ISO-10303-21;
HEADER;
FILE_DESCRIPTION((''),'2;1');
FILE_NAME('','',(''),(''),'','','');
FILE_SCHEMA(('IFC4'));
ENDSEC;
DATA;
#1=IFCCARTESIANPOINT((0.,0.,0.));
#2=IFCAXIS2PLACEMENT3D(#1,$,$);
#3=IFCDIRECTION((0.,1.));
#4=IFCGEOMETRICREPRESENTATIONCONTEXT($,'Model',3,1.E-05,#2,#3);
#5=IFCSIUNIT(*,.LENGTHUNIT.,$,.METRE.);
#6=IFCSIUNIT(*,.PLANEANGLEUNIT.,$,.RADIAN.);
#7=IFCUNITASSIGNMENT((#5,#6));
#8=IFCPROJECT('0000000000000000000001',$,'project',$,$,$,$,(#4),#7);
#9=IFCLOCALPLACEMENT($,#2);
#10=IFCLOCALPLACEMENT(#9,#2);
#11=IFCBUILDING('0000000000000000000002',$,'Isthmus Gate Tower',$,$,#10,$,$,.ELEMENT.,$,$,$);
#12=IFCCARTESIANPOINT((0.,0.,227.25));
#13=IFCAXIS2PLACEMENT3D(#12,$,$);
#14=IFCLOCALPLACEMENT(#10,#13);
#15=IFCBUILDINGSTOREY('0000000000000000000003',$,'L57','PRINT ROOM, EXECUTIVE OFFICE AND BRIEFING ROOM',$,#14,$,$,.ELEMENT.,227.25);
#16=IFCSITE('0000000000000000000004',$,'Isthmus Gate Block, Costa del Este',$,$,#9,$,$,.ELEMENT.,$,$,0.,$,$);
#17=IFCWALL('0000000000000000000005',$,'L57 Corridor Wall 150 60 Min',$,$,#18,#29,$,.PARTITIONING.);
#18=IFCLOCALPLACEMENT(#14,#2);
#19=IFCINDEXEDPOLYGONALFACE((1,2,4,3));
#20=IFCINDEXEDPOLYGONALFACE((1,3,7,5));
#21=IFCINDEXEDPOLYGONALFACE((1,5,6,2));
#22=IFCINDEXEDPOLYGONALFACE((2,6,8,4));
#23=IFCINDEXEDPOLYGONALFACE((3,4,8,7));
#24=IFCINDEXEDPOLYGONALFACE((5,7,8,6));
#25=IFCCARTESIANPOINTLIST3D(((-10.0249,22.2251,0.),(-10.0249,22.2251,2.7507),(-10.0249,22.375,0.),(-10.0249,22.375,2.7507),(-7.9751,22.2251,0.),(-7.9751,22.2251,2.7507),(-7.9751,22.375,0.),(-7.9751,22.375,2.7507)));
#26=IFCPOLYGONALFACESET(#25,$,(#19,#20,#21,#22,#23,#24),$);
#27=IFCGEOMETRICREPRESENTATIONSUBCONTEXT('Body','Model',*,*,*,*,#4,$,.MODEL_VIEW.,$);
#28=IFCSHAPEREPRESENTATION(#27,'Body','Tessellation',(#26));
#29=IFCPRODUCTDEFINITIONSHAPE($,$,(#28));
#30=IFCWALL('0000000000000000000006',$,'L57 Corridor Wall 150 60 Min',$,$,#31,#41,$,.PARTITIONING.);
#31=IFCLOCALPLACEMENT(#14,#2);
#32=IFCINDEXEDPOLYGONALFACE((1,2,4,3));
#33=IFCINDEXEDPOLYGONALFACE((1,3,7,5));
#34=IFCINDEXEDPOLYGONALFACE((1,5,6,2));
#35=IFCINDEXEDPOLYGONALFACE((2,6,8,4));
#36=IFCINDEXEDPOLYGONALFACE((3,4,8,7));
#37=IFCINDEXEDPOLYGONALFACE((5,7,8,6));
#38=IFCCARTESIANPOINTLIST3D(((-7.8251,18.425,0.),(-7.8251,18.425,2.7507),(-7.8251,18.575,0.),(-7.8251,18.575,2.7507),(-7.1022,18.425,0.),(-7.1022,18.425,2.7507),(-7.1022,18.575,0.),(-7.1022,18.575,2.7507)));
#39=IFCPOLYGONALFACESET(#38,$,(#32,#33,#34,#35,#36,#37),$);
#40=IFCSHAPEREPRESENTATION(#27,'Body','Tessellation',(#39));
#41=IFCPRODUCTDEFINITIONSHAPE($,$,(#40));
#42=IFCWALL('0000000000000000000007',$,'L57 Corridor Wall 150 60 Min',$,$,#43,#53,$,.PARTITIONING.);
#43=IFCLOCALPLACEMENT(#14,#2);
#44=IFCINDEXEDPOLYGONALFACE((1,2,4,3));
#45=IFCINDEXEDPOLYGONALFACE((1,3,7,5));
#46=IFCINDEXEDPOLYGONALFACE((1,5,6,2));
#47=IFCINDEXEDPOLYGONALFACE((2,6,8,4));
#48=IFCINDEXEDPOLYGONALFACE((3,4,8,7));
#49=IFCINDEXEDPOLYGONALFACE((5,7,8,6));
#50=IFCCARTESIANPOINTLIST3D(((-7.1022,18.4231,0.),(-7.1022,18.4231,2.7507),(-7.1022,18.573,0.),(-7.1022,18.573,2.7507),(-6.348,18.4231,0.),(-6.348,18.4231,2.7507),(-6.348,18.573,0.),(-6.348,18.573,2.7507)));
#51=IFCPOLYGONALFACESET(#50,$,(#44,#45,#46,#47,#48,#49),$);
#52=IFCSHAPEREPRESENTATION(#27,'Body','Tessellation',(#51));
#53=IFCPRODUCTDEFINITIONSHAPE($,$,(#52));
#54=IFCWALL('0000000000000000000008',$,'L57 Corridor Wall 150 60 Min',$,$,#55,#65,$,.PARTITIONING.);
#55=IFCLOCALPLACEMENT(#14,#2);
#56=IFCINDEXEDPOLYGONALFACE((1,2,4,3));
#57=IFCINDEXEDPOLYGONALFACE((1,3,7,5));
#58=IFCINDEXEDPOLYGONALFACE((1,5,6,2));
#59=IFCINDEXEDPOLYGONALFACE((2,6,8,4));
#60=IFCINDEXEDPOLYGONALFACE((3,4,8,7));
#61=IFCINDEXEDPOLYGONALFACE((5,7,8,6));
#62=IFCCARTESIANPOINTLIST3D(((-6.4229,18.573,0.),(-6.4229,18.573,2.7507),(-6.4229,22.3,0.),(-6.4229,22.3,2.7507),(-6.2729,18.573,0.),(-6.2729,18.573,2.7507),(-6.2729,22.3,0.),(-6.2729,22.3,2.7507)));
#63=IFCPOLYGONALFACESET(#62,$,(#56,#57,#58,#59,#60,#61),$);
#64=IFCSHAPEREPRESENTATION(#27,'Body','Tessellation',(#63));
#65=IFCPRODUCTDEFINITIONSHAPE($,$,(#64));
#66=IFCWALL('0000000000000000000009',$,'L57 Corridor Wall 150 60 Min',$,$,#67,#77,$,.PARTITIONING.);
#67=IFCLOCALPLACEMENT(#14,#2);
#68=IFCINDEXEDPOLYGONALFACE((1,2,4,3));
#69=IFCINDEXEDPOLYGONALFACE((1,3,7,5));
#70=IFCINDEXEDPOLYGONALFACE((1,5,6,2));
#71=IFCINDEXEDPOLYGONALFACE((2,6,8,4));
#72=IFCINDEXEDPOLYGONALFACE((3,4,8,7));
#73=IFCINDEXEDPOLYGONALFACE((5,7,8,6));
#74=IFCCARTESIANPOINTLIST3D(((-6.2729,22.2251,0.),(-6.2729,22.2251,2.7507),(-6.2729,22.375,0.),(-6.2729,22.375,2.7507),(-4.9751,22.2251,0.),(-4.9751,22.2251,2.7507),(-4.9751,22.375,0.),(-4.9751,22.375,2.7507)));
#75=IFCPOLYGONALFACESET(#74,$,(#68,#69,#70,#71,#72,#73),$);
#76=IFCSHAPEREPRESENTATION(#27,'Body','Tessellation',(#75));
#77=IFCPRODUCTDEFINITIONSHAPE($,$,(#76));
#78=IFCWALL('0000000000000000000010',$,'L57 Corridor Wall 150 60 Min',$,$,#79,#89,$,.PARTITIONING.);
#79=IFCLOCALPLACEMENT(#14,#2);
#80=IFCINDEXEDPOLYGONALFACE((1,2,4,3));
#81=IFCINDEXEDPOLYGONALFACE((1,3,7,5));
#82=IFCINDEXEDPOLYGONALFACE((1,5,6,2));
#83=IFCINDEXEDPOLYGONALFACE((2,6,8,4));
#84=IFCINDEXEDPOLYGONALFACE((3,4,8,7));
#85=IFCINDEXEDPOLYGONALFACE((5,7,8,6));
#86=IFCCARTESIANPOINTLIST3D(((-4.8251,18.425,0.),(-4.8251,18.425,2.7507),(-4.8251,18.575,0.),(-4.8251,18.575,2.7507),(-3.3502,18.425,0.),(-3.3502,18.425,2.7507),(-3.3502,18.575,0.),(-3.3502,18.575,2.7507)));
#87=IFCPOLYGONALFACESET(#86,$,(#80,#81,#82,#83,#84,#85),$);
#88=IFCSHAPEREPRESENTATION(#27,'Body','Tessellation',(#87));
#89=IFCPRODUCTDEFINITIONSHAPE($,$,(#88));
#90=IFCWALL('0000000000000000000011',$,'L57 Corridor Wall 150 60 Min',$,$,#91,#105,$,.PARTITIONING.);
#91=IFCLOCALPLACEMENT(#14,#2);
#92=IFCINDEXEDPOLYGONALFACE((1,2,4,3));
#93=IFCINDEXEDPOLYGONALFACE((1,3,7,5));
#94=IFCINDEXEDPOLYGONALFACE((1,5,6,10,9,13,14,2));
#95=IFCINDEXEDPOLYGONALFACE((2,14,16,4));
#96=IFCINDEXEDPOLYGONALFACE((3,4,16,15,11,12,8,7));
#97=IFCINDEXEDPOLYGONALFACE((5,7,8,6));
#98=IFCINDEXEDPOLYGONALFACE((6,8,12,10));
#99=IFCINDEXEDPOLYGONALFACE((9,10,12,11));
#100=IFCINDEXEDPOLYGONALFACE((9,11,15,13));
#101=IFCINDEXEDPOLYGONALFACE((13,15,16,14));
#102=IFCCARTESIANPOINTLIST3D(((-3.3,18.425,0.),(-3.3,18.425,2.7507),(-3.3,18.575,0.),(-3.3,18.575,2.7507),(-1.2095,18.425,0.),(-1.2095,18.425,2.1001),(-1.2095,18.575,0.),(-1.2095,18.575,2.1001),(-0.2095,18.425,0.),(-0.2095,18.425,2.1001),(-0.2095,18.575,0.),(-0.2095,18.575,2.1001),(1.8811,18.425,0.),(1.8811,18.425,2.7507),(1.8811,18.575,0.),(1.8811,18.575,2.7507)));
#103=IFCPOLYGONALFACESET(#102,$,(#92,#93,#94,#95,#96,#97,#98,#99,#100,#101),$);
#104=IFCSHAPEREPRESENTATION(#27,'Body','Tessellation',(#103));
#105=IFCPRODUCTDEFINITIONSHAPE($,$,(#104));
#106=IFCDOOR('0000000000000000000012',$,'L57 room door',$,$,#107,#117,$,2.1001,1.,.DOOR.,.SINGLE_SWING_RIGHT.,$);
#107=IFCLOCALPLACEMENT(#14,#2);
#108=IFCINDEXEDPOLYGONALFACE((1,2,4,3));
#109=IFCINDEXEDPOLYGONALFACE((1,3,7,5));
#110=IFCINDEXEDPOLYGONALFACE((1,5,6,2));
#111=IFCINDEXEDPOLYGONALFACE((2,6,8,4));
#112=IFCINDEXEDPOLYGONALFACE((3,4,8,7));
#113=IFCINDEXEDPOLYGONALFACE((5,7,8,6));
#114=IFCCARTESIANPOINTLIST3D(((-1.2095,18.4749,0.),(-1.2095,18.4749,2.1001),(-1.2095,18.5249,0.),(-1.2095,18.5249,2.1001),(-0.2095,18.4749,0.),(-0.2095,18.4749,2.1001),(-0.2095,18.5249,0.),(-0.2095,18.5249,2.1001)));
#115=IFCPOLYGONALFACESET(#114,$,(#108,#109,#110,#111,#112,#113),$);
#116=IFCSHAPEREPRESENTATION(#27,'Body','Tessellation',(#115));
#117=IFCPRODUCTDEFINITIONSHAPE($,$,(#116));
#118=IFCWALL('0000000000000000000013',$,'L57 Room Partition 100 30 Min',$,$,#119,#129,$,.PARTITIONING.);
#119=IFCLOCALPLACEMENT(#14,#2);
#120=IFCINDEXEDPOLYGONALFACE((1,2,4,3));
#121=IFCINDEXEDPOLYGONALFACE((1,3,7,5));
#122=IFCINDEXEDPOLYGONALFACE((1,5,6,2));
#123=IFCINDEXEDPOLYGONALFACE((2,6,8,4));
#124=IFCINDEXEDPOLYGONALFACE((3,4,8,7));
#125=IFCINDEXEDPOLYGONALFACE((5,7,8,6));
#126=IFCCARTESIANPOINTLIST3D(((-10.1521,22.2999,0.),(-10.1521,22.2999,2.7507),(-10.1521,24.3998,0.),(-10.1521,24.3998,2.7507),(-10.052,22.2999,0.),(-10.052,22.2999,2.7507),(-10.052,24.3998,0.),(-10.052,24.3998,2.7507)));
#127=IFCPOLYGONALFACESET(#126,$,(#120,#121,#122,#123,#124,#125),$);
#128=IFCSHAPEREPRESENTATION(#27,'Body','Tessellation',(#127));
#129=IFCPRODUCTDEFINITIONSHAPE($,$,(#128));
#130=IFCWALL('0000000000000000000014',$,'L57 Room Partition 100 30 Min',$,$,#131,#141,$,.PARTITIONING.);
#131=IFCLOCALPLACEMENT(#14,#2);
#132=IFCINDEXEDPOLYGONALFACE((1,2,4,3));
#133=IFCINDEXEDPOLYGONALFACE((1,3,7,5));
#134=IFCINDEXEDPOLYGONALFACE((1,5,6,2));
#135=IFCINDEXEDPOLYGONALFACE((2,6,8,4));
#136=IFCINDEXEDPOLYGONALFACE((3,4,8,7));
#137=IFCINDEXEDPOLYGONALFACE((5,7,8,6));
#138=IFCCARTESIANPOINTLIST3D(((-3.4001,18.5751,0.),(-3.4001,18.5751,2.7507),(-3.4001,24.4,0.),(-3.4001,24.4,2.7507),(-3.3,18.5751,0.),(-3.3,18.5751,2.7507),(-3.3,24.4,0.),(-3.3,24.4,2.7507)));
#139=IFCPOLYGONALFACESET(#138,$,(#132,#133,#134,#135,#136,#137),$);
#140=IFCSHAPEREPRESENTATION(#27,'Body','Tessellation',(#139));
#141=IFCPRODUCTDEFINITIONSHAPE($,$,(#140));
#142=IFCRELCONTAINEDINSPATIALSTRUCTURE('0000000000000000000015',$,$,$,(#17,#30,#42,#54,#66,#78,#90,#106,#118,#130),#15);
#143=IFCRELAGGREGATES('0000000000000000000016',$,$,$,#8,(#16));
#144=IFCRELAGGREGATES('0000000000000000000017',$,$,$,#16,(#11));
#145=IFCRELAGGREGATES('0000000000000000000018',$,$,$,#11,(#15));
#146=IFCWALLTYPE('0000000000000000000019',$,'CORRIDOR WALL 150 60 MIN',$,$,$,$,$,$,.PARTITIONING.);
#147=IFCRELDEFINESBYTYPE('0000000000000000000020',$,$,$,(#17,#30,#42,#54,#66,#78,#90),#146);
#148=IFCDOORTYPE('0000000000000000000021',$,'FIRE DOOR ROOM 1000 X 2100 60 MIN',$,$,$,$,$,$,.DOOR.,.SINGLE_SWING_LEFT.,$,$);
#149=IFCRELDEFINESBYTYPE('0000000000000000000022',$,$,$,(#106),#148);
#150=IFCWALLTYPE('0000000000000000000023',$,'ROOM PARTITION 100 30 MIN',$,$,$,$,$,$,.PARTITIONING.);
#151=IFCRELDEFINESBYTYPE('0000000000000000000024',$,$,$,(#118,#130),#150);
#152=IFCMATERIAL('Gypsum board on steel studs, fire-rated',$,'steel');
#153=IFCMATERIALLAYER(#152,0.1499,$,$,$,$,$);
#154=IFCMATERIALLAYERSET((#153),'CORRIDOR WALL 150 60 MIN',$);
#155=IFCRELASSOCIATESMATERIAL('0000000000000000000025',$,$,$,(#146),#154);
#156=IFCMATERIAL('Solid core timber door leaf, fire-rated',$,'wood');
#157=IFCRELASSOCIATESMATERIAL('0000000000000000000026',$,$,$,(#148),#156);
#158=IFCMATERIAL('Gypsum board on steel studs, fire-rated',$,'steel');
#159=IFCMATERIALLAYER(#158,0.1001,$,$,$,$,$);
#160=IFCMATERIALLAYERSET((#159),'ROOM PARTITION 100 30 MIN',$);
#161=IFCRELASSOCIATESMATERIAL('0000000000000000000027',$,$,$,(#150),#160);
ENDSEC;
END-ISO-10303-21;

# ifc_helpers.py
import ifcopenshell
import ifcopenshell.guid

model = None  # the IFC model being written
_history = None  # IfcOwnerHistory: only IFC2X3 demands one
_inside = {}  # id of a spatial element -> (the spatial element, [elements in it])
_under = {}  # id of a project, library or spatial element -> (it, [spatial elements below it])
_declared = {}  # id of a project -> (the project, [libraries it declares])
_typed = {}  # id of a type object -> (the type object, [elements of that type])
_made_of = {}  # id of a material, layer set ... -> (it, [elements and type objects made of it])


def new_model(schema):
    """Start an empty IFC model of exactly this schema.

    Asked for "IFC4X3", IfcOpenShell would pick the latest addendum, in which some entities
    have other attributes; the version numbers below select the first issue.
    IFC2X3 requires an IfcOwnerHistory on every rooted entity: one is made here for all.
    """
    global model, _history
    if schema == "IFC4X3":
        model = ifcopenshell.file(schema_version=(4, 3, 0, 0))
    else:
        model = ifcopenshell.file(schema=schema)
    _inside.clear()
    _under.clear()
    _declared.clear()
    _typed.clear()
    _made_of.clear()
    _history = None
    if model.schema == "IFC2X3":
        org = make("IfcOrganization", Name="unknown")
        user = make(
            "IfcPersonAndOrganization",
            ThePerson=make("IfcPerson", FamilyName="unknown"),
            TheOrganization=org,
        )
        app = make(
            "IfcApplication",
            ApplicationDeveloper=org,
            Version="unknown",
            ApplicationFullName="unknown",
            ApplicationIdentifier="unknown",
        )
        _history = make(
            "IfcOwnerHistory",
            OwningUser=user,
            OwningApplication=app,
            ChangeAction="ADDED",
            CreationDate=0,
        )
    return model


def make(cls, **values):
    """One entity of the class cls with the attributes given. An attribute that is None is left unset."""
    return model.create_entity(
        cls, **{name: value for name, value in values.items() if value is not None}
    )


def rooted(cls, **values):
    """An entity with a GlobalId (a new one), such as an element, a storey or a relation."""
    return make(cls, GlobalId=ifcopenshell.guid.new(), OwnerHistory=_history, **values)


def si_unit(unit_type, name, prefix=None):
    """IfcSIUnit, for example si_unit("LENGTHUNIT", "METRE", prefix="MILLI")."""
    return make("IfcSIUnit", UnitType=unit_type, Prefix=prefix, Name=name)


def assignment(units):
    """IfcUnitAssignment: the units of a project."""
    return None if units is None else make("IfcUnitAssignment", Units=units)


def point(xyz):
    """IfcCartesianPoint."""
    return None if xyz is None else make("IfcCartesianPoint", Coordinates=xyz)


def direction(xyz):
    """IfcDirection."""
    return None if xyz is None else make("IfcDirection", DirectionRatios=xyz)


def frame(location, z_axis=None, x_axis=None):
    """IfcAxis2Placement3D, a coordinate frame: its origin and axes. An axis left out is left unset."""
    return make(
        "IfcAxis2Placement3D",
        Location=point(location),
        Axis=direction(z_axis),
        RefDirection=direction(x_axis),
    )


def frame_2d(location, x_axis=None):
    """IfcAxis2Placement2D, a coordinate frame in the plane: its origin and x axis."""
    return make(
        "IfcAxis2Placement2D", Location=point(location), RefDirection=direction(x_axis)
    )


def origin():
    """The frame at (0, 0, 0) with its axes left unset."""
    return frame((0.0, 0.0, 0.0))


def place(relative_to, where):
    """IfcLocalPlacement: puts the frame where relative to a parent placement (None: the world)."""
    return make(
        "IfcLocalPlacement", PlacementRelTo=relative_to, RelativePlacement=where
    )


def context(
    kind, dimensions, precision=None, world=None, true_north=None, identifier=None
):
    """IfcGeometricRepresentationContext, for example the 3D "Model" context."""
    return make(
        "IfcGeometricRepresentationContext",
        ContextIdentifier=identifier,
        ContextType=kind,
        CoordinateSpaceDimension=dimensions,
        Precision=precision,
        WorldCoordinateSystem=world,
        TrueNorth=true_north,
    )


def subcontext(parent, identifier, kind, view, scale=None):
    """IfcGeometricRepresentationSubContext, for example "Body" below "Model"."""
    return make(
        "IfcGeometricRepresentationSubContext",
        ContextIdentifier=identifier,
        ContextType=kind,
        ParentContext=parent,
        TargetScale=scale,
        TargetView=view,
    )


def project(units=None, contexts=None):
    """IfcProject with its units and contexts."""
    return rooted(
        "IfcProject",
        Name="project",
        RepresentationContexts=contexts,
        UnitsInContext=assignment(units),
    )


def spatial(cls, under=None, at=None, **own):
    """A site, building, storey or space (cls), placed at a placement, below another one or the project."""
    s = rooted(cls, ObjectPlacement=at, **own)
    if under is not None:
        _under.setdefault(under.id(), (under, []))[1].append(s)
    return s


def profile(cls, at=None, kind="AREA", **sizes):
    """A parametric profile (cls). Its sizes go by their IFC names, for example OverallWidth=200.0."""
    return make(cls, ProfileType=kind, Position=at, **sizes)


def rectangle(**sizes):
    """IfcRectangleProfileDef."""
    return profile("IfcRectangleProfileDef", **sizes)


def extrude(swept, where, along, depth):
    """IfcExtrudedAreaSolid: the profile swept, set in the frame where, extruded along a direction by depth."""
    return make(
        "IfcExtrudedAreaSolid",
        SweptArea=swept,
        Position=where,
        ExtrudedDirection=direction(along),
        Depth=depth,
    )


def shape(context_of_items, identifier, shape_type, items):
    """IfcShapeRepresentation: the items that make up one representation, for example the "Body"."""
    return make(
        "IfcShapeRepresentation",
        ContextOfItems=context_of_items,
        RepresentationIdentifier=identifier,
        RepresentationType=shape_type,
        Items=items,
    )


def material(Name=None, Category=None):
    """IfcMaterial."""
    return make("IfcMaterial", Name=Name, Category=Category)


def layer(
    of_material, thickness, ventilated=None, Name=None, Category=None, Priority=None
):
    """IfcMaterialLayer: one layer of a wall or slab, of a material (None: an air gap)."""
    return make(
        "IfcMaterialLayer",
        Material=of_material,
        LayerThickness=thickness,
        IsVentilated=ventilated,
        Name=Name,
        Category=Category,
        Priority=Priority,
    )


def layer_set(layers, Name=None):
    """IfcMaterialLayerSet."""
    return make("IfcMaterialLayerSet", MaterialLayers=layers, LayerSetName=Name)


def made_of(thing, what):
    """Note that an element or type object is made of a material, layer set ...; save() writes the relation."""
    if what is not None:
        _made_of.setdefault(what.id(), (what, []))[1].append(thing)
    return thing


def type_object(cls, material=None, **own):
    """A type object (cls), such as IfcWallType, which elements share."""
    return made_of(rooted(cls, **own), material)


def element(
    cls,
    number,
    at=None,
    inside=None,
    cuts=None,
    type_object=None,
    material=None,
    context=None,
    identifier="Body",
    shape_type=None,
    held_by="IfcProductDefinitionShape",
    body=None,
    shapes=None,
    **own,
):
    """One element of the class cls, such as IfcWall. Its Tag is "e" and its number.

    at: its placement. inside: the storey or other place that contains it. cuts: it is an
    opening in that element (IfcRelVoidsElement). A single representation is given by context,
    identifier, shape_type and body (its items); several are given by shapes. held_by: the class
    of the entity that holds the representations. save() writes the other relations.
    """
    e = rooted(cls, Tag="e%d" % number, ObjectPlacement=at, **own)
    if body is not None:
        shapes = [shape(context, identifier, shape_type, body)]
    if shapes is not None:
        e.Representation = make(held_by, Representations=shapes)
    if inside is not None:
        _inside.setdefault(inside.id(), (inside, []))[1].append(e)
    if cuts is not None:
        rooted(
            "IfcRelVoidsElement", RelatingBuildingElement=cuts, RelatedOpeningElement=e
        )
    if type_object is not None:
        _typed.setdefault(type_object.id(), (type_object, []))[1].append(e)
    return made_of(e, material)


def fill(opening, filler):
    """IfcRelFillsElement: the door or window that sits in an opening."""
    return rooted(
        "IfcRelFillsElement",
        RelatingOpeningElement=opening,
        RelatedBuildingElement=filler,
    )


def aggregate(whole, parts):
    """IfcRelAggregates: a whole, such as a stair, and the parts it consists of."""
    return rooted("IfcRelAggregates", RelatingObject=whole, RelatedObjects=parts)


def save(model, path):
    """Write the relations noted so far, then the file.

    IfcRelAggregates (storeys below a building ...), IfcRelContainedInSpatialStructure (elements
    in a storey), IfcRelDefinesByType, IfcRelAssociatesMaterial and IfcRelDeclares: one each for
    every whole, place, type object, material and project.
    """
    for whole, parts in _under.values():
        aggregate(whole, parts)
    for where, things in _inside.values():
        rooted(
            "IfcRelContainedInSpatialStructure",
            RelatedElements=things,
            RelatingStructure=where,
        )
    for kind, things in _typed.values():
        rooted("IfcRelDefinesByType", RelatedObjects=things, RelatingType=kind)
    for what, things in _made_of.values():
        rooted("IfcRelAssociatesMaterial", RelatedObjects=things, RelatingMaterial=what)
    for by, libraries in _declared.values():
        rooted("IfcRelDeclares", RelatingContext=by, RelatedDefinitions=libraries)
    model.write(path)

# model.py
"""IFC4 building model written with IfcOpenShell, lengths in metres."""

from ifc_helpers import new_model, si_unit, direction, frame, frame_2d, origin, place, context, subcontext, project, spatial, rectangle, extrude, material, layer, layer_set, type_object, element, fill, save


model = new_model("IFC4")

# Units and contexts
model_context = context("Model", 3, precision=1e-05, world=origin(), true_north=direction((0.0, 1.0)))
body_context = subcontext(model_context, "Body", "Model", "MODEL_VIEW")
ifc_project = project(units=[si_unit("LENGTHUNIT", "METRE"), si_unit("PLANEANGLEUNIT", "RADIAN")], contexts=[model_context])

# Site, building, storey
site_placement = place(None, origin())
site = spatial("IfcSite", under=ifc_project, at=site_placement, Name="Isthmus Gate Block, Costa del Este", CompositionType="ELEMENT", RefElevation=0.0)
building_placement = place(site_placement, origin())
building = spatial("IfcBuilding", under=site, at=building_placement, Name="Isthmus Gate Tower", CompositionType="ELEMENT")
storey_placement = place(building_placement, frame((0.0, 0.0, 227.25)))
storey = spatial("IfcBuildingStorey", under=building, at=storey_placement, Name="L57", Description="PRINT ROOM, EXECUTIVE OFFICE AND BRIEFING ROOM", CompositionType="ELEMENT", Elevation=227.25)

# Shared definitions
ifc_material_1 = material(Name="Gypsum board on steel studs, fire-rated", Category="steel")
ifc_layer_1 = layer(ifc_material_1, 0.1499)
ifc_layer_set_1 = layer_set([ifc_layer_1], Name="CORRIDOR WALL 150 60 MIN")
wall_type_1 = type_object("IfcWallType", Name="CORRIDOR WALL 150 60 MIN", PredefinedType="PARTITIONING", material=ifc_layer_set_1)
ifc_material_2 = material(Name="Solid core timber door leaf, fire-rated", Category="wood")
door_type = type_object("IfcDoorType", Name="FIRE DOOR ROOM 1000 X 2100 60 MIN", OperationType="SINGLE_SWING_LEFT", PredefinedType="DOOR", material=ifc_material_2)

# Walls
wall_1_placement = place(storey_placement, frame((-10.0249, 22.3, 0.0), z_axis=(0.0, 0.0, 1.0), x_axis=(1.0, 0.0, 0.0)))
element("IfcWall", 1, at=wall_1_placement, inside=storey, type_object=wall_type_1, Name="L57 Corridor Wall 150 60 Min", PredefinedType="PARTITIONING", context=body_context, shape_type="SweptSolid", body=[
    extrude(rectangle(XDim=2.0498, YDim=0.1499, at=frame_2d((1.0249, 0.0))), origin(), (0.0, 0.0, 1.0), 2.7507),
])
wall_2_placement = place(storey_placement, frame((-7.825, 18.5, 0.0), z_axis=(0.0, 0.0, 1.0), x_axis=(1.0, 0.0, 0.0)))
element("IfcWall", 2, at=wall_2_placement, inside=storey, type_object=wall_type_1, Name="L57 Corridor Wall 150 60 Min", PredefinedType="PARTITIONING", context=body_context, shape_type="SweptSolid", body=[
    extrude(rectangle(XDim=0.7229, YDim=0.1499, at=frame_2d((0.3613, 0.0))), origin(), (0.0, 0.0, 1.0), 2.7507),
])
wall_3_placement = place(storey_placement, frame((-7.1021, 18.498, 0.0), z_axis=(0.0, 0.0, 1.0), x_axis=(1.0, 0.0, 0.0)))
element("IfcWall", 3, at=wall_3_placement, inside=storey, type_object=wall_type_1, Name="L57 Corridor Wall 150 60 Min", PredefinedType="PARTITIONING", context=body_context, shape_type="SweptSolid", body=[
    extrude(rectangle(XDim=0.7542, YDim=0.1499, at=frame_2d((0.377, 0.0))), origin(), (0.0, 0.0, 1.0), 2.7507),
])
wall_4_placement = place(storey_placement, frame((-6.3479, 18.573, 0.0), z_axis=(0.0, 0.0, 1.0), x_axis=(0.0, 1.0, 0.0)))
element("IfcWall", 4, at=wall_4_placement, inside=storey, type_object=wall_type_1, Name="L57 Corridor Wall 150 60 Min", PredefinedType="PARTITIONING", context=body_context, shape_type="SweptSolid", body=[
    extrude(rectangle(XDim=3.7271, YDim=0.1499, at=frame_2d((1.8635, 0.0))), origin(), (0.0, 0.0, 1.0), 2.7507),
])
wall_5_placement = place(storey_placement, frame((-6.2729, 22.3, 0.0), z_axis=(0.0, 0.0, 1.0), x_axis=(1.0, 0.0, 0.0)))
element("IfcWall", 5, at=wall_5_placement, inside=storey, type_object=wall_type_1, Name="L57 Corridor Wall 150 60 Min", PredefinedType="PARTITIONING", context=body_context, shape_type="SweptSolid", body=[
    extrude(rectangle(XDim=1.2979, YDim=0.1499, at=frame_2d((0.6489, 0.0))), origin(), (0.0, 0.0, 1.0), 2.7507),
])
wall_6_placement = place(storey_placement, frame((-4.825, 18.5, 0.0), z_axis=(0.0, 0.0, 1.0), x_axis=(1.0, 0.0, 0.0)))
element("IfcWall", 6, at=wall_6_placement, inside=storey, type_object=wall_type_1, Name="L57 Corridor Wall 150 60 Min", PredefinedType="PARTITIONING", context=body_context, shape_type="SweptSolid", body=[
    extrude(rectangle(XDim=1.4749, YDim=0.1499, at=frame_2d((0.7373, 0.0))), origin(), (0.0, 0.0, 1.0), 2.7507),
])

# Wall, opening, door
wall_7_placement = place(storey_placement, frame((-3.3, 18.5, 0.0), z_axis=(0.0, 0.0, 1.0), x_axis=(1.0, 0.0, 0.0)))
wall_7 = element("IfcWall", 7, at=wall_7_placement, inside=storey, type_object=wall_type_1, Name="L57 Corridor Wall 150 60 Min", PredefinedType="PARTITIONING", context=body_context, shape_type="SweptSolid", body=[
    extrude(rectangle(XDim=5.1812, YDim=0.1499, at=frame_2d((2.5906, 0.0))), origin(), (0.0, 0.0, 1.0), 2.7507),
])
opening_1_placement = place(wall_7_placement, frame((2.0906, 0.0, 0.0)))
opening_1 = element("IfcOpeningElement", 8, at=opening_1_placement, cuts=wall_7, PredefinedType="OPENING", context=body_context, shape_type="SweptSolid", body=[
    extrude(rectangle(XDim=1.0, YDim=2.1001, at=frame_2d((0.5, 1.05))), frame((0.0, 0.085, 0.0), z_axis=(0.0, -1.0, 0.0), x_axis=(1.0, 0.0, 0.0)), (0.0, 0.0, 1.0), 0.1699),
])
door_1_placement = place(opening_1_placement, origin())
door_1 = element("IfcDoor", 9, at=door_1_placement, inside=storey, type_object=door_type, Name="L57 room door", OperationType="SINGLE_SWING_RIGHT", OverallHeight=2.1001, OverallWidth=1.0, PredefinedType="DOOR", context=body_context, shape_type="SweptSolid", body=[
    extrude(rectangle(XDim=1.0, YDim=2.1001, at=frame_2d((0.5, 1.05))), frame((0.0, 0.0249, 0.0), z_axis=(0.0, -1.0, 0.0), x_axis=(1.0, 0.0, 0.0)), (0.0, 0.0, 1.0), 0.05),
])
fill(opening_1, door_1)

# Walls
ifc_material_3 = material(Name="Gypsum board on steel studs, fire-rated", Category="steel")
ifc_layer_2 = layer(ifc_material_3, 0.1001)
ifc_layer_set_2 = layer_set([ifc_layer_2], Name="ROOM PARTITION 100 30 MIN")
wall_type_2 = type_object("IfcWallType", Name="ROOM PARTITION 100 30 MIN", PredefinedType="PARTITIONING", material=ifc_layer_set_2)
wall_8_placement = place(storey_placement, frame((-10.1021, 22.3, 0.0), z_axis=(0.0, 0.0, 1.0), x_axis=(0.0, 1.0, 0.0)))
element("IfcWall", 10, at=wall_8_placement, inside=storey, type_object=wall_type_2, Name="L57 Room Partition 100 30 Min", PredefinedType="PARTITIONING", context=body_context, shape_type="SweptSolid", body=[
    extrude(rectangle(XDim=2.0999, YDim=0.1001, at=frame_2d((1.0498, 0.0))), origin(), (0.0, 0.0, 1.0), 2.7507),
])
wall_9_placement = place(storey_placement, frame((-3.3501, 18.575, 0.0), z_axis=(0.0, 0.0, 1.0), x_axis=(0.0, 1.0, 0.0)))
element("IfcWall", 11, at=wall_9_placement, inside=storey, type_object=wall_type_2, Name="L57 Room Partition 100 30 Min", PredefinedType="PARTITIONING", context=body_context, shape_type="SweptSolid", body=[
    extrude(rectangle(XDim=5.825, YDim=0.1001, at=frame_2d((2.9126, 0.0))), origin(), (0.0, 0.0, 1.0), 2.7507),
])

save(model, "model.ifc")
